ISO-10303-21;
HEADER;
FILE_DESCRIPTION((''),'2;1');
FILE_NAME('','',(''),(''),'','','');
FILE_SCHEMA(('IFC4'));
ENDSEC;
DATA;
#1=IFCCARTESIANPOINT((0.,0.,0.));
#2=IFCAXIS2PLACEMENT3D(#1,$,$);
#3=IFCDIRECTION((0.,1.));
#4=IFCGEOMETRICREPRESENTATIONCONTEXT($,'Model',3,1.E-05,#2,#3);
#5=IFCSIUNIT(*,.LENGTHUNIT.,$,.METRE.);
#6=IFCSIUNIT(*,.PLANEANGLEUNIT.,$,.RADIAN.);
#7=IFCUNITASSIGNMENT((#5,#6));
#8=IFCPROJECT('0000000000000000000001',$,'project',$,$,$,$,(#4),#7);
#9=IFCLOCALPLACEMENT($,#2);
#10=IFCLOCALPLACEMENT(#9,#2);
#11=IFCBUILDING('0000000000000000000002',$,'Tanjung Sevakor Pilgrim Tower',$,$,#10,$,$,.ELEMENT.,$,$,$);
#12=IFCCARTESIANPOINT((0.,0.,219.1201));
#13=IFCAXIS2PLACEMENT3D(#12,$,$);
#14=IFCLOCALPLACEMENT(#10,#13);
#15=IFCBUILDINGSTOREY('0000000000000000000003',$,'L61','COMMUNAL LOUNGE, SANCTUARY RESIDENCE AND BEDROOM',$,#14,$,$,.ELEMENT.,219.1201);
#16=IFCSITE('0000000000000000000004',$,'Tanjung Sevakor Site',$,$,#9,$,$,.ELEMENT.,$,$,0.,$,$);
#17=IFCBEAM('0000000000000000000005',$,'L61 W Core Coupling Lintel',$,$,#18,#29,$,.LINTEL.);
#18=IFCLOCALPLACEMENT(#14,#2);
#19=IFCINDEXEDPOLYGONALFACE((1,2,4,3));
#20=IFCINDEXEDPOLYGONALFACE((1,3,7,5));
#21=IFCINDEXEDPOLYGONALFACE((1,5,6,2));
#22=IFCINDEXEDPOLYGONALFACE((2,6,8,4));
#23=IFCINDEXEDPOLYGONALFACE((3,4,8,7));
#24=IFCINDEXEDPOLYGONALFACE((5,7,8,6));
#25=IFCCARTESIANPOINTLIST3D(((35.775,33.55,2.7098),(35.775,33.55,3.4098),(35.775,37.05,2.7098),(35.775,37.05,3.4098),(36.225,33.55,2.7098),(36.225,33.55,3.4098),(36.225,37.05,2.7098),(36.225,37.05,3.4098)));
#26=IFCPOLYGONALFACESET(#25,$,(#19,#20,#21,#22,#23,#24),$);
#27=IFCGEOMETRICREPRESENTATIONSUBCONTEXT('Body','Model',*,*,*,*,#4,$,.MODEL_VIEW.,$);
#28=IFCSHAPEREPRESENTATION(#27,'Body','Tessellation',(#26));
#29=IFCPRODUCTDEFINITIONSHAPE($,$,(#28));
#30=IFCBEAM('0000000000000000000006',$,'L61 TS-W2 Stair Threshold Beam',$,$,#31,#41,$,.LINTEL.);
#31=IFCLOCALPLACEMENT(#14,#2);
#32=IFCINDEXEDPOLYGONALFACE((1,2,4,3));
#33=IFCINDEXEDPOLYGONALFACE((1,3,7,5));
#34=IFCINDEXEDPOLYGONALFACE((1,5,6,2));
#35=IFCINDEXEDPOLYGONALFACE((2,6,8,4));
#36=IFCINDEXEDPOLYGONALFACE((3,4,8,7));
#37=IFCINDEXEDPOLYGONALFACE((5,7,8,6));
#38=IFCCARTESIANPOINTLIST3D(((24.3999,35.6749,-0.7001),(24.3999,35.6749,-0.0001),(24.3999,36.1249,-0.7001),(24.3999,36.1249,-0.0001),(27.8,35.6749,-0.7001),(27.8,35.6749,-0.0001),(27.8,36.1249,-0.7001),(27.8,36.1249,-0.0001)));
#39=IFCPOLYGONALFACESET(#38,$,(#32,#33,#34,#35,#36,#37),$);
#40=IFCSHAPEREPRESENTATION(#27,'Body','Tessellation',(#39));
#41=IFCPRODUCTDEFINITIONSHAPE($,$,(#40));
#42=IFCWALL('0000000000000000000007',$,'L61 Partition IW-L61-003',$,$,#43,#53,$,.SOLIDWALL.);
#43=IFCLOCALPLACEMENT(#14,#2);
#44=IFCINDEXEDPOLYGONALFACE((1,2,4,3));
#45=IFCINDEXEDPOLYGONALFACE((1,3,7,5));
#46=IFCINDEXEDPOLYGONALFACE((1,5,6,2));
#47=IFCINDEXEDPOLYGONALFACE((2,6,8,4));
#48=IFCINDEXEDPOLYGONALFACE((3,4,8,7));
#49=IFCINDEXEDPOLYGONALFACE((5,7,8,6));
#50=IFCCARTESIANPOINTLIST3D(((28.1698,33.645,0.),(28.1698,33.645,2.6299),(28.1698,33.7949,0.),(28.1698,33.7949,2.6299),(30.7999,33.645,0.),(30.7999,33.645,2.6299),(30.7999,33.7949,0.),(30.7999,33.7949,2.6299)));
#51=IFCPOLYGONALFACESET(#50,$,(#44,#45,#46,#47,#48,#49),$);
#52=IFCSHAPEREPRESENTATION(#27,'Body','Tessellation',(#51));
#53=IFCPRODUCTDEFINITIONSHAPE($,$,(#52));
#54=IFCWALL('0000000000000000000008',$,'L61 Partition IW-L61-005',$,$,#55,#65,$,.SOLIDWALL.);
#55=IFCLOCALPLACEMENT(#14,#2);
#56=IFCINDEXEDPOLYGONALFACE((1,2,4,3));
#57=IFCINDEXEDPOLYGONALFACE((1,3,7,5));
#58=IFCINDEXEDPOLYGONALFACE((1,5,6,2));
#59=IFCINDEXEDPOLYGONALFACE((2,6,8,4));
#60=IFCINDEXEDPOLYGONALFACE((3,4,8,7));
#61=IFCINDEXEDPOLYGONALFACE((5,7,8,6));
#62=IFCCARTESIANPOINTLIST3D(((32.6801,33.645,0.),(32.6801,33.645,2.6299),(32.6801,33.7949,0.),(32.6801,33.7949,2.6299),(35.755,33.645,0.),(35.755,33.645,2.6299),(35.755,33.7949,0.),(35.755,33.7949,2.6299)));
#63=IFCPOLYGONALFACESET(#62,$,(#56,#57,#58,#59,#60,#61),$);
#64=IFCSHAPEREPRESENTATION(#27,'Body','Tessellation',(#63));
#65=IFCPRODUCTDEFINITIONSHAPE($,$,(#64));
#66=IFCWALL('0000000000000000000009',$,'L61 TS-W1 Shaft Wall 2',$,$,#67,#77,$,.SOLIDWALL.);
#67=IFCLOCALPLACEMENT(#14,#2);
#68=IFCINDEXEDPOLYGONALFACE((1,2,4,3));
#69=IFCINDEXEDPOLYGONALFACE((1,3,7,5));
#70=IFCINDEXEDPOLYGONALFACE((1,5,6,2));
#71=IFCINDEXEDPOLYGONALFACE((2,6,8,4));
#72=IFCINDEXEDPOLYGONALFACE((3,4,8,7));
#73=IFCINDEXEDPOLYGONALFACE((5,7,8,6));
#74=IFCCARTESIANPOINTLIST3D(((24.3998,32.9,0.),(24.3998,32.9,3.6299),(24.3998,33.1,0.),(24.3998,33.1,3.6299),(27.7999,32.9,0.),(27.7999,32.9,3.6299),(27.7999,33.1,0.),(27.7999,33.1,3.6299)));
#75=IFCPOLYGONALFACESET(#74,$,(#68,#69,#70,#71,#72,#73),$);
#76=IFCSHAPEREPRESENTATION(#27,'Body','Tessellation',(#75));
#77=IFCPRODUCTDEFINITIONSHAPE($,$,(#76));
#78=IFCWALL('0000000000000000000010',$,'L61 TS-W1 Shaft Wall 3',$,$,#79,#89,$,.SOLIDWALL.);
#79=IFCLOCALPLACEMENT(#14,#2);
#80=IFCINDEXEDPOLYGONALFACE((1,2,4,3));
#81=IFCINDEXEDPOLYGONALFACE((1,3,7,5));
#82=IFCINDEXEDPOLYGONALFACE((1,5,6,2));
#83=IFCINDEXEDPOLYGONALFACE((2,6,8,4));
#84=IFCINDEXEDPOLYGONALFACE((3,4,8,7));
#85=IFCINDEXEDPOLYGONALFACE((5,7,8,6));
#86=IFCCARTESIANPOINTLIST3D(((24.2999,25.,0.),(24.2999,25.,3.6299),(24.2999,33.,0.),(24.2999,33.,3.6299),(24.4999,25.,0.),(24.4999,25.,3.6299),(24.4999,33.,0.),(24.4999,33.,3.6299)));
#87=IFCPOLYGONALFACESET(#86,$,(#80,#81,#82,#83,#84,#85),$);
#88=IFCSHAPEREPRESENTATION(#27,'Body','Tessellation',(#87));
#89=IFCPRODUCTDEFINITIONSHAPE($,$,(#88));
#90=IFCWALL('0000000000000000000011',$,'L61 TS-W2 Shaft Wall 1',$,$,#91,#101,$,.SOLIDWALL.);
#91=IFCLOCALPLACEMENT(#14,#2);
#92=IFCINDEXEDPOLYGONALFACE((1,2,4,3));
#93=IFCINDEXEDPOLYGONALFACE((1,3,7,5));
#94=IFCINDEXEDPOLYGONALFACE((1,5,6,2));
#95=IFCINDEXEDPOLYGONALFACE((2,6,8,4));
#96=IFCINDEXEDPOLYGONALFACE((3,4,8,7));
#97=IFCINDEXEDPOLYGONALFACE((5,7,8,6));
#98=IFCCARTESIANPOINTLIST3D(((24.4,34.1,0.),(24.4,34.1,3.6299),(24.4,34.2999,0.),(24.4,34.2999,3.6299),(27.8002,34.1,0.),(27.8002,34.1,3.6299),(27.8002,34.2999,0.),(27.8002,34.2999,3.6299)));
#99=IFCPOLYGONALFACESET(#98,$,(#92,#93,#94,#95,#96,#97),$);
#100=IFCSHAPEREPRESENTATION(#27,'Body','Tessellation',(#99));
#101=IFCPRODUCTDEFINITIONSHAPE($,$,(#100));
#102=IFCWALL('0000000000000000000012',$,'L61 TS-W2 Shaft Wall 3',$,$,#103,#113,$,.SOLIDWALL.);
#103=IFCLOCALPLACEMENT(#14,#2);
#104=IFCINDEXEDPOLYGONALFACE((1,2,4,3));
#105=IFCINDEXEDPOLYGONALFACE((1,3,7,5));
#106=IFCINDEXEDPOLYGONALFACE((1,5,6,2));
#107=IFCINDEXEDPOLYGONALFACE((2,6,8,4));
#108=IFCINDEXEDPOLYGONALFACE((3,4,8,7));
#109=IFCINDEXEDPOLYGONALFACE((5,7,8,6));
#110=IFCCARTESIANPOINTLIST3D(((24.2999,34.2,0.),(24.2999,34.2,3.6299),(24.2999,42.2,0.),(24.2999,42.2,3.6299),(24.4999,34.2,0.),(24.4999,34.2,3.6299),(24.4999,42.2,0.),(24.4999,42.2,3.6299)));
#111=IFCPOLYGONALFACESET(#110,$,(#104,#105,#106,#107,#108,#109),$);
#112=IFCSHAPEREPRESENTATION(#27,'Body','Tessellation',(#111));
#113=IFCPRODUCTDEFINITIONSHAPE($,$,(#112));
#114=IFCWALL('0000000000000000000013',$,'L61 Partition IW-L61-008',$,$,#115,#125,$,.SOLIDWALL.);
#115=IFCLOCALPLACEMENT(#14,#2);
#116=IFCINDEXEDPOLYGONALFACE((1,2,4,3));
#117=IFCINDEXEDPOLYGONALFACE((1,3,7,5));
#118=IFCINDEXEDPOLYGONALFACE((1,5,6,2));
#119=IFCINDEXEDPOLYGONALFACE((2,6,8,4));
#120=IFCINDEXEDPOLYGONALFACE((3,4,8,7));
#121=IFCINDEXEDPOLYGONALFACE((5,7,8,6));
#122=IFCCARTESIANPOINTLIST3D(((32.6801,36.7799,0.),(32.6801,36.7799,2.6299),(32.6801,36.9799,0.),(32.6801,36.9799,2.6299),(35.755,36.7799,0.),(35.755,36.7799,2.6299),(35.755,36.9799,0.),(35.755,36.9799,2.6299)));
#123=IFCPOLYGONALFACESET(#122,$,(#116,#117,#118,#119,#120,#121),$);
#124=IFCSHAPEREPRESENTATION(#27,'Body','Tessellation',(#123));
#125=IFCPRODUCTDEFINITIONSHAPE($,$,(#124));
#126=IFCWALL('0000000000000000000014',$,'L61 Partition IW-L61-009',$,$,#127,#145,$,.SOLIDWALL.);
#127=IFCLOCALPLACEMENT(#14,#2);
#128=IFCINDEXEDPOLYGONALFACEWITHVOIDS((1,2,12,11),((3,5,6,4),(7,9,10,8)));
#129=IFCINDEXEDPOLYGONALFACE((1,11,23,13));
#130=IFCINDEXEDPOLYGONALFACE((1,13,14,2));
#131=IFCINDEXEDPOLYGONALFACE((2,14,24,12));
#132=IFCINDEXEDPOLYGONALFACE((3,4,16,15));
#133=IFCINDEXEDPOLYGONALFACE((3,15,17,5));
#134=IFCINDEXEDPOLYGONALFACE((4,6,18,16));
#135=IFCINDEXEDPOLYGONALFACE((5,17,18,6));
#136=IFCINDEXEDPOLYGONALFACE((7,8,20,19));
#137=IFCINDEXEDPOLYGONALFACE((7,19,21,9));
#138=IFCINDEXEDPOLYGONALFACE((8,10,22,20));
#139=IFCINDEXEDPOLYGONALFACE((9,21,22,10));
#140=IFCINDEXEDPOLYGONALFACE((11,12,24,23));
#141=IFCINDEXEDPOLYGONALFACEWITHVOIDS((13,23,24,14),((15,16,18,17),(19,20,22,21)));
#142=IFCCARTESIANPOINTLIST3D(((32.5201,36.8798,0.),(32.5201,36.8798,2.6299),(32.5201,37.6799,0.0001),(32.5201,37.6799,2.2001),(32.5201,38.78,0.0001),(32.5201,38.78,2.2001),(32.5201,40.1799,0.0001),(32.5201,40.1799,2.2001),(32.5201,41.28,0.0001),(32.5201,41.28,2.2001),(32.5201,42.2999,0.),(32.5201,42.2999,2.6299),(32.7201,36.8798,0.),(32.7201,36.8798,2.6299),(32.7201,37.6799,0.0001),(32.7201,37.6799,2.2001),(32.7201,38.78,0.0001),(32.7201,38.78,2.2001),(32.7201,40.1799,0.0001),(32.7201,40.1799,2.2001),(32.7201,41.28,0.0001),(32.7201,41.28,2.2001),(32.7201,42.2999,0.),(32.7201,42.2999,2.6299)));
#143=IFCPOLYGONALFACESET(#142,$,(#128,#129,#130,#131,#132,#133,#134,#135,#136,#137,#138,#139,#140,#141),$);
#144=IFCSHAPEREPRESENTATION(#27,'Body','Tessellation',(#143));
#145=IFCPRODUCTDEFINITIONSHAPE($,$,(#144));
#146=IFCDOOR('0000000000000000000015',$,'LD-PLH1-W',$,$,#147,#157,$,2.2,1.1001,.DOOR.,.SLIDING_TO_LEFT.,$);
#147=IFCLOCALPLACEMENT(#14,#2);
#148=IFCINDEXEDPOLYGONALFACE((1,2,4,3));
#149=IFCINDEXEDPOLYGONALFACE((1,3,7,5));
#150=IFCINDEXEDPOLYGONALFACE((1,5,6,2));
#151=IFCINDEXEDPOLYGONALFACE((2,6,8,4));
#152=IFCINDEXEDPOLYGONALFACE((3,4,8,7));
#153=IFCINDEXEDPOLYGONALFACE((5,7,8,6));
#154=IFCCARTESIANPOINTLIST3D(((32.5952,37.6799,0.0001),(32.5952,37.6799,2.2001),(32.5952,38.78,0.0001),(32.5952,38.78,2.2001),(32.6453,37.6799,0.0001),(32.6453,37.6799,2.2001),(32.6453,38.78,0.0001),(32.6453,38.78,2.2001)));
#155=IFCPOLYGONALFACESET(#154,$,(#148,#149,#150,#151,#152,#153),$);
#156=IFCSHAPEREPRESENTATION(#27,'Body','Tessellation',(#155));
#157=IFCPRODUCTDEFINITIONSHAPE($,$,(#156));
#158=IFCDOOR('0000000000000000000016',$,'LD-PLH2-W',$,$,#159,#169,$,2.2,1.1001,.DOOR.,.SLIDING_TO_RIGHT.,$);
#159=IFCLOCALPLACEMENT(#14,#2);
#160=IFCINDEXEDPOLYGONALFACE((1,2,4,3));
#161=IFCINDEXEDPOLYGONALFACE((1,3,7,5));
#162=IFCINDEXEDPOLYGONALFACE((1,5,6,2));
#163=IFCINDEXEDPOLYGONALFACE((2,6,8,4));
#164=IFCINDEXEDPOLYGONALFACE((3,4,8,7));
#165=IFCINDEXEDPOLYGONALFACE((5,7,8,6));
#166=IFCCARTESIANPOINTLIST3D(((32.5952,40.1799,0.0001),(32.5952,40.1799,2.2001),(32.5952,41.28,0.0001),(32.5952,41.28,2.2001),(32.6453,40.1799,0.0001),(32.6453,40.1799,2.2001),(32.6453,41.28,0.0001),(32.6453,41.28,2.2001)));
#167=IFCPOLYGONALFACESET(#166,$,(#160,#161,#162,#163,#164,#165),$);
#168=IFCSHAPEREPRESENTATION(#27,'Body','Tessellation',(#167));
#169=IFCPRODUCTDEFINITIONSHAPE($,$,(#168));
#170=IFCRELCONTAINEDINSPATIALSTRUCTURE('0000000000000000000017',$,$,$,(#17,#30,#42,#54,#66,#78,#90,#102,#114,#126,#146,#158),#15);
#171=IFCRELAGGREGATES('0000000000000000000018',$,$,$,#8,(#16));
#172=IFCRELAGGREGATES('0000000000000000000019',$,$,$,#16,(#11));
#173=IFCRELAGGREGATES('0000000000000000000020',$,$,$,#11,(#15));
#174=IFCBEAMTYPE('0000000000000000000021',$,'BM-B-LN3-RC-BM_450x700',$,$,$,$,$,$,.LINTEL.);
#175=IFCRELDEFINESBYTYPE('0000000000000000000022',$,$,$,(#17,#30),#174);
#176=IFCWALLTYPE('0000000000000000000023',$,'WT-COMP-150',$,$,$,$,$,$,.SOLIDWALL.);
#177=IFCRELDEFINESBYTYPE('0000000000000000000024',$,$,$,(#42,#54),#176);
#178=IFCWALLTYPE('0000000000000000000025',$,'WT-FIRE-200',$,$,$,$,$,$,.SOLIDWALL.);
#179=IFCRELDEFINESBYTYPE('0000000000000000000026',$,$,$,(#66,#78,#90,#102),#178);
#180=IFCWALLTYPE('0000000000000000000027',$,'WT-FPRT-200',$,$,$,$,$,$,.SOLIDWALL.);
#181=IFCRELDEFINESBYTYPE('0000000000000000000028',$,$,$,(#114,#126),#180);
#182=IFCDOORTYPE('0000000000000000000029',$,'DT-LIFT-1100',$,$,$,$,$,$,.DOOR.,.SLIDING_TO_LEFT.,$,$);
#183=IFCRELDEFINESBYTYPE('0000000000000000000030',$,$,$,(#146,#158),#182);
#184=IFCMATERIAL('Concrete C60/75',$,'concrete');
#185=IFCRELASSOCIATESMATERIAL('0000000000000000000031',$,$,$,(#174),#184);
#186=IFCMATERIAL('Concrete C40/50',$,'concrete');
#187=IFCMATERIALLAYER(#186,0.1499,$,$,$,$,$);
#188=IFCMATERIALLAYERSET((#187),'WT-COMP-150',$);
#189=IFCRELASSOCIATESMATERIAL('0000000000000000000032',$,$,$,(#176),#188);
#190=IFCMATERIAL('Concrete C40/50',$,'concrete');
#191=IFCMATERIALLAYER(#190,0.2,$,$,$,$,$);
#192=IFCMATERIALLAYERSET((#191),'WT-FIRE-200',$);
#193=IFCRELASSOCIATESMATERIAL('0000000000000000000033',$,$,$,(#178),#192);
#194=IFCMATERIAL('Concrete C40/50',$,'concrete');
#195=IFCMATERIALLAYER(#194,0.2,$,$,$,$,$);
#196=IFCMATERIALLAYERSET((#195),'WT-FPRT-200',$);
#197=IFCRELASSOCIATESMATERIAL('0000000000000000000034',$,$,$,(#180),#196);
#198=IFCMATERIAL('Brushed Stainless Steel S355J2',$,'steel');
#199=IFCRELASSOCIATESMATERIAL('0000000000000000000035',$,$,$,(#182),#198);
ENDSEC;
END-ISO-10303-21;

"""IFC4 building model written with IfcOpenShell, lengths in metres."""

from ifc_helpers import new_model, si_unit, direction, frame, frame_2d, origin, origin_2d, place, context, subcontext, project, spatial, rectangle, extrude, material, layer, layer_set, material_profile, profile_set, type_object, element, fill, save


model = new_model("IFC4")

# Units and contexts
model_context = context("Model", 3, precision=1e-05, world=origin(), true_north=direction((0.0, 1.0)))
body_context = subcontext(model_context, "Body", "Model", "MODEL_VIEW")
ifc_project = project(units=[si_unit("LENGTHUNIT", "METRE"), si_unit("PLANEANGLEUNIT", "RADIAN")], contexts=[model_context])

# Site, building, storey
site_placement = place(None, origin())
site = spatial("IfcSite", under=ifc_project, at=site_placement, Name="Tanjung Sevakor Site", CompositionType="ELEMENT", RefElevation=0.0)
building_placement = place(site_placement, origin())
building = spatial("IfcBuilding", under=site, at=building_placement, Name="Tanjung Sevakor Pilgrim Tower", CompositionType="ELEMENT")
storey_placement = place(building_placement, frame((0.0, 0.0, 219.1201)))
storey = spatial("IfcBuildingStorey", under=building, at=storey_placement, Name="L61", Description="COMMUNAL LOUNGE, SANCTUARY RESIDENCE AND BEDROOM", CompositionType="ELEMENT", Elevation=219.1201)

# Beams
ifc_material_1 = material(Name="Concrete C60/75", Category="concrete")
ifc_material_profile = material_profile(ifc_material_1, rectangle(XDim=0.45, YDim=0.7, at=origin_2d()))
ifc_profile_set = profile_set([ifc_material_profile], Name="Concrete C60/75")
beam_type = type_object("IfcBeamType", Name="BM-B-LN3-RC-BM_450x700", PredefinedType="LINTEL", material=ifc_profile_set)
beam_1_placement = place(storey_placement, frame((36.0, 33.55, 3.0598), z_axis=(0.0, 1.0, 0.0), x_axis=(-1.0, 0.0, 0.0)))
element("IfcBeam", 1, at=beam_1_placement, inside=storey, type_object=beam_type, Name="L61 W Core Coupling Lintel", PredefinedType="LINTEL", context=body_context, shape_type="SweptSolid", body=[
    extrude(rectangle(XDim=0.45, YDim=0.7, at=origin_2d()), origin(), (0.0, 0.0, 1.0), 3.5),
])
beam_2_placement = place(storey_placement, frame((24.3999, 35.8999, -0.3501), z_axis=(1.0, 0.0, 0.0), x_axis=(0.0, 1.0, 0.0)))
element("IfcBeam", 2, at=beam_2_placement, inside=storey, type_object=beam_type, Name="L61 TS-W2 Stair Threshold Beam", PredefinedType="LINTEL", context=body_context, shape_type="SweptSolid", body=[
    extrude(rectangle(XDim=0.45, YDim=0.7, at=origin_2d()), origin(), (0.0, 0.0, 1.0), 3.4001),
])

# Walls
ifc_material_2 = material(Name="Concrete C40/50", Category="concrete")
ifc_layer_1 = layer(ifc_material_2, 0.1499)
ifc_layer_set_1 = layer_set([ifc_layer_1], Name="WT-COMP-150")
wall_type_1 = type_object("IfcWallType", Name="WT-COMP-150", PredefinedType="SOLIDWALL", material=ifc_layer_set_1)
wall_1_placement = place(storey_placement, frame((28.1699, 33.72, 0.0), z_axis=(0.0, 0.0, 1.0), x_axis=(1.0, 0.0, 0.0)))
element("IfcWall", 3, at=wall_1_placement, inside=storey, type_object=wall_type_1, Name="L61 Partition IW-L61-003", PredefinedType="SOLIDWALL", context=body_context, shape_type="SweptSolid", body=[
    extrude(rectangle(XDim=2.6301, YDim=0.1499, at=frame_2d((1.3149, 0.0))), origin(), (0.0, 0.0, 1.0), 2.6299),
])
wall_2_placement = place(storey_placement, frame((32.6799, 33.72, 0.0), z_axis=(0.0, 0.0, 1.0), x_axis=(1.0, 0.0, 0.0)))
element("IfcWall", 4, at=wall_2_placement, inside=storey, type_object=wall_type_1, Name="L61 Partition IW-L61-005", PredefinedType="SOLIDWALL", context=body_context, shape_type="SweptSolid", body=[
    extrude(rectangle(XDim=3.075, YDim=0.1499, at=frame_2d((1.5376, 0.0))), origin(), (0.0, 0.0, 1.0), 2.6299),
])

# Walls
ifc_material_3 = material(Name="Concrete C40/50", Category="concrete")
ifc_layer_2 = layer(ifc_material_3, 0.2)
ifc_layer_set_2 = layer_set([ifc_layer_2], Name="WT-FIRE-200")
wall_type_2 = type_object("IfcWallType", Name="WT-FIRE-200", PredefinedType="SOLIDWALL", material=ifc_layer_set_2)
wall_3_placement = place(storey_placement, frame((27.8, 33.0, 0.0), z_axis=(0.0, 0.0, 1.0), x_axis=(-1.0, 0.0, 0.0)))
element("IfcWall", 5, at=wall_3_placement, inside=storey, type_object=wall_type_2, Name="L61 TS-W1 Shaft Wall 2", PredefinedType="SOLIDWALL", context=body_context, shape_type="SweptSolid", body=[
    extrude(rectangle(XDim=3.4001, YDim=0.2, at=frame_2d((1.7002, 0.0))), origin(), (0.0, 0.0, 1.0), 3.6299),
])
wall_4_placement = place(storey_placement, frame((24.3999, 33.0, 0.0), z_axis=(0.0, 0.0, 1.0), x_axis=(0.0, -1.0, 0.0)))
element("IfcWall", 6, at=wall_4_placement, inside=storey, type_object=wall_type_2, Name="L61 TS-W1 Shaft Wall 3", PredefinedType="SOLIDWALL", context=body_context, shape_type="SweptSolid", body=[
    extrude(rectangle(XDim=8.0, YDim=0.2, at=frame_2d((4.0, 0.0))), origin(), (0.0, 0.0, 1.0), 3.6299),
])
wall_5_placement = place(storey_placement, frame((24.3999, 34.2, 0.0), z_axis=(0.0, 0.0, 1.0), x_axis=(1.0, 0.0, 0.0)))
element("IfcWall", 7, at=wall_5_placement, inside=storey, type_object=wall_type_2, Name="L61 TS-W2 Shaft Wall 1", PredefinedType="SOLIDWALL", context=body_context, shape_type="SweptSolid", body=[
    extrude(rectangle(XDim=3.4001, YDim=0.2, at=frame_2d((1.7002, 0.0))), origin(), (0.0, 0.0, 1.0), 3.6299),
])
wall_6_placement = place(storey_placement, frame((24.3999, 42.2, 0.0), z_axis=(0.0, 0.0, 1.0), x_axis=(0.0, -1.0, 0.0)))
element("IfcWall", 8, at=wall_6_placement, inside=storey, type_object=wall_type_2, Name="L61 TS-W2 Shaft Wall 3", PredefinedType="SOLIDWALL", context=body_context, shape_type="SweptSolid", body=[
    extrude(rectangle(XDim=8.0, YDim=0.2, at=frame_2d((4.0, 0.0))), origin(), (0.0, 0.0, 1.0), 3.6299),
])
ifc_material_4 = material(Name="Concrete C40/50", Category="concrete")
ifc_layer_3 = layer(ifc_material_4, 0.2)
ifc_layer_set_3 = layer_set([ifc_layer_3], Name="WT-FPRT-200")
wall_type_3 = type_object("IfcWallType", Name="WT-FPRT-200", PredefinedType="SOLIDWALL", material=ifc_layer_set_3)
wall_7_placement = place(storey_placement, frame((32.6799, 36.8799, 0.0), z_axis=(0.0, 0.0, 1.0), x_axis=(1.0, 0.0, 0.0)))
element("IfcWall", 9, at=wall_7_placement, inside=storey, type_object=wall_type_3, Name="L61 Partition IW-L61-008", PredefinedType="SOLIDWALL", context=body_context, shape_type="SweptSolid", body=[
    extrude(rectangle(XDim=3.075, YDim=0.2, at=frame_2d((1.5376, 0.0))), origin(), (0.0, 0.0, 1.0), 2.6299),
])

# Wall, openings, doors
wall_8_placement = place(storey_placement, frame((32.6201, 36.8799, 0.0), z_axis=(0.0, 0.0, 1.0), x_axis=(0.0, 1.0, 0.0)))
wall_8 = element("IfcWall", 10, at=wall_8_placement, inside=storey, type_object=wall_type_3, Name="L61 Partition IW-L61-009", PredefinedType="SOLIDWALL", context=body_context, shape_type="SweptSolid", body=[
    extrude(rectangle(XDim=5.4202, YDim=0.2, at=frame_2d((2.71, 0.0))), origin(), (0.0, 0.0, 1.0), 2.6299),
])
opening_1_placement = place(wall_8_placement, frame((0.8, 0.0, 0.0)))
opening_1 = element("IfcOpeningElement", 11, at=opening_1_placement, cuts=wall_8, PredefinedType="OPENING", context=body_context, shape_type="SweptSolid", body=[
    extrude(rectangle(XDim=1.1001, YDim=2.2, at=frame_2d((0.55, 1.1001))), frame((0.0, 0.1099, 0.0), z_axis=(0.0, -1.0, 0.0), x_axis=(1.0, 0.0, 0.0)), (0.0, 0.0, 1.0), 0.22),
])
opening_2_placement = place(wall_8_placement, frame((3.3, 0.0, 0.0)))
opening_2 = element("IfcOpeningElement", 12, at=opening_2_placement, cuts=wall_8, PredefinedType="OPENING", context=body_context, shape_type="SweptSolid", body=[
    extrude(rectangle(XDim=1.1001, YDim=2.2, at=frame_2d((0.55, 1.1001))), frame((0.0, 0.1099, 0.0), z_axis=(0.0, -1.0, 0.0), x_axis=(1.0, 0.0, 0.0)), (0.0, 0.0, 1.0), 0.22),
])
ifc_material_5 = material(Name="Brushed Stainless Steel S355J2", Category="steel")
door_type_1 = type_object("IfcDoorType", Name="DT-LIFT-1100", OperationType="SLIDING_TO_LEFT", PredefinedType="DOOR", material=ifc_material_5)
door_1_placement = place(opening_1_placement, origin())
door_1 = element("IfcDoor", 13, at=door_1_placement, inside=storey, type_object=door_type_1, Name="LD-PLH1-W", OperationType="SLIDING_TO_LEFT", OverallHeight=2.2, OverallWidth=1.1001, PredefinedType="DOOR", context=body_context, shape_type="SweptSolid", body=[
    extrude(rectangle(XDim=1.1001, YDim=2.2, at=frame_2d((0.55, 1.1001))), frame((0.0, 0.0249, 0.0), z_axis=(0.0, -1.0, 0.0), x_axis=(1.0, 0.0, 0.0)), (0.0, 0.0, 1.0), 0.05),
])
fill(opening_1, door_1)
door_2_placement = place(opening_2_placement, origin())
door_2 = element("IfcDoor", 14, at=door_2_placement, inside=storey, type_object=door_type_1, Name="LD-PLH2-W", OperationType="SLIDING_TO_RIGHT", OverallHeight=2.2, OverallWidth=1.1001, PredefinedType="DOOR", context=body_context, shape_type="SweptSolid", body=[
    extrude(rectangle(XDim=1.1001, YDim=2.2, at=frame_2d((0.55, 1.1001))), frame((0.0, 0.0249, 0.0), z_axis=(0.0, -1.0, 0.0), x_axis=(1.0, 0.0, 0.0)), (0.0, 0.0, 1.0), 0.05),
])
fill(opening_2, door_2)

save(model, "model.ifc")
